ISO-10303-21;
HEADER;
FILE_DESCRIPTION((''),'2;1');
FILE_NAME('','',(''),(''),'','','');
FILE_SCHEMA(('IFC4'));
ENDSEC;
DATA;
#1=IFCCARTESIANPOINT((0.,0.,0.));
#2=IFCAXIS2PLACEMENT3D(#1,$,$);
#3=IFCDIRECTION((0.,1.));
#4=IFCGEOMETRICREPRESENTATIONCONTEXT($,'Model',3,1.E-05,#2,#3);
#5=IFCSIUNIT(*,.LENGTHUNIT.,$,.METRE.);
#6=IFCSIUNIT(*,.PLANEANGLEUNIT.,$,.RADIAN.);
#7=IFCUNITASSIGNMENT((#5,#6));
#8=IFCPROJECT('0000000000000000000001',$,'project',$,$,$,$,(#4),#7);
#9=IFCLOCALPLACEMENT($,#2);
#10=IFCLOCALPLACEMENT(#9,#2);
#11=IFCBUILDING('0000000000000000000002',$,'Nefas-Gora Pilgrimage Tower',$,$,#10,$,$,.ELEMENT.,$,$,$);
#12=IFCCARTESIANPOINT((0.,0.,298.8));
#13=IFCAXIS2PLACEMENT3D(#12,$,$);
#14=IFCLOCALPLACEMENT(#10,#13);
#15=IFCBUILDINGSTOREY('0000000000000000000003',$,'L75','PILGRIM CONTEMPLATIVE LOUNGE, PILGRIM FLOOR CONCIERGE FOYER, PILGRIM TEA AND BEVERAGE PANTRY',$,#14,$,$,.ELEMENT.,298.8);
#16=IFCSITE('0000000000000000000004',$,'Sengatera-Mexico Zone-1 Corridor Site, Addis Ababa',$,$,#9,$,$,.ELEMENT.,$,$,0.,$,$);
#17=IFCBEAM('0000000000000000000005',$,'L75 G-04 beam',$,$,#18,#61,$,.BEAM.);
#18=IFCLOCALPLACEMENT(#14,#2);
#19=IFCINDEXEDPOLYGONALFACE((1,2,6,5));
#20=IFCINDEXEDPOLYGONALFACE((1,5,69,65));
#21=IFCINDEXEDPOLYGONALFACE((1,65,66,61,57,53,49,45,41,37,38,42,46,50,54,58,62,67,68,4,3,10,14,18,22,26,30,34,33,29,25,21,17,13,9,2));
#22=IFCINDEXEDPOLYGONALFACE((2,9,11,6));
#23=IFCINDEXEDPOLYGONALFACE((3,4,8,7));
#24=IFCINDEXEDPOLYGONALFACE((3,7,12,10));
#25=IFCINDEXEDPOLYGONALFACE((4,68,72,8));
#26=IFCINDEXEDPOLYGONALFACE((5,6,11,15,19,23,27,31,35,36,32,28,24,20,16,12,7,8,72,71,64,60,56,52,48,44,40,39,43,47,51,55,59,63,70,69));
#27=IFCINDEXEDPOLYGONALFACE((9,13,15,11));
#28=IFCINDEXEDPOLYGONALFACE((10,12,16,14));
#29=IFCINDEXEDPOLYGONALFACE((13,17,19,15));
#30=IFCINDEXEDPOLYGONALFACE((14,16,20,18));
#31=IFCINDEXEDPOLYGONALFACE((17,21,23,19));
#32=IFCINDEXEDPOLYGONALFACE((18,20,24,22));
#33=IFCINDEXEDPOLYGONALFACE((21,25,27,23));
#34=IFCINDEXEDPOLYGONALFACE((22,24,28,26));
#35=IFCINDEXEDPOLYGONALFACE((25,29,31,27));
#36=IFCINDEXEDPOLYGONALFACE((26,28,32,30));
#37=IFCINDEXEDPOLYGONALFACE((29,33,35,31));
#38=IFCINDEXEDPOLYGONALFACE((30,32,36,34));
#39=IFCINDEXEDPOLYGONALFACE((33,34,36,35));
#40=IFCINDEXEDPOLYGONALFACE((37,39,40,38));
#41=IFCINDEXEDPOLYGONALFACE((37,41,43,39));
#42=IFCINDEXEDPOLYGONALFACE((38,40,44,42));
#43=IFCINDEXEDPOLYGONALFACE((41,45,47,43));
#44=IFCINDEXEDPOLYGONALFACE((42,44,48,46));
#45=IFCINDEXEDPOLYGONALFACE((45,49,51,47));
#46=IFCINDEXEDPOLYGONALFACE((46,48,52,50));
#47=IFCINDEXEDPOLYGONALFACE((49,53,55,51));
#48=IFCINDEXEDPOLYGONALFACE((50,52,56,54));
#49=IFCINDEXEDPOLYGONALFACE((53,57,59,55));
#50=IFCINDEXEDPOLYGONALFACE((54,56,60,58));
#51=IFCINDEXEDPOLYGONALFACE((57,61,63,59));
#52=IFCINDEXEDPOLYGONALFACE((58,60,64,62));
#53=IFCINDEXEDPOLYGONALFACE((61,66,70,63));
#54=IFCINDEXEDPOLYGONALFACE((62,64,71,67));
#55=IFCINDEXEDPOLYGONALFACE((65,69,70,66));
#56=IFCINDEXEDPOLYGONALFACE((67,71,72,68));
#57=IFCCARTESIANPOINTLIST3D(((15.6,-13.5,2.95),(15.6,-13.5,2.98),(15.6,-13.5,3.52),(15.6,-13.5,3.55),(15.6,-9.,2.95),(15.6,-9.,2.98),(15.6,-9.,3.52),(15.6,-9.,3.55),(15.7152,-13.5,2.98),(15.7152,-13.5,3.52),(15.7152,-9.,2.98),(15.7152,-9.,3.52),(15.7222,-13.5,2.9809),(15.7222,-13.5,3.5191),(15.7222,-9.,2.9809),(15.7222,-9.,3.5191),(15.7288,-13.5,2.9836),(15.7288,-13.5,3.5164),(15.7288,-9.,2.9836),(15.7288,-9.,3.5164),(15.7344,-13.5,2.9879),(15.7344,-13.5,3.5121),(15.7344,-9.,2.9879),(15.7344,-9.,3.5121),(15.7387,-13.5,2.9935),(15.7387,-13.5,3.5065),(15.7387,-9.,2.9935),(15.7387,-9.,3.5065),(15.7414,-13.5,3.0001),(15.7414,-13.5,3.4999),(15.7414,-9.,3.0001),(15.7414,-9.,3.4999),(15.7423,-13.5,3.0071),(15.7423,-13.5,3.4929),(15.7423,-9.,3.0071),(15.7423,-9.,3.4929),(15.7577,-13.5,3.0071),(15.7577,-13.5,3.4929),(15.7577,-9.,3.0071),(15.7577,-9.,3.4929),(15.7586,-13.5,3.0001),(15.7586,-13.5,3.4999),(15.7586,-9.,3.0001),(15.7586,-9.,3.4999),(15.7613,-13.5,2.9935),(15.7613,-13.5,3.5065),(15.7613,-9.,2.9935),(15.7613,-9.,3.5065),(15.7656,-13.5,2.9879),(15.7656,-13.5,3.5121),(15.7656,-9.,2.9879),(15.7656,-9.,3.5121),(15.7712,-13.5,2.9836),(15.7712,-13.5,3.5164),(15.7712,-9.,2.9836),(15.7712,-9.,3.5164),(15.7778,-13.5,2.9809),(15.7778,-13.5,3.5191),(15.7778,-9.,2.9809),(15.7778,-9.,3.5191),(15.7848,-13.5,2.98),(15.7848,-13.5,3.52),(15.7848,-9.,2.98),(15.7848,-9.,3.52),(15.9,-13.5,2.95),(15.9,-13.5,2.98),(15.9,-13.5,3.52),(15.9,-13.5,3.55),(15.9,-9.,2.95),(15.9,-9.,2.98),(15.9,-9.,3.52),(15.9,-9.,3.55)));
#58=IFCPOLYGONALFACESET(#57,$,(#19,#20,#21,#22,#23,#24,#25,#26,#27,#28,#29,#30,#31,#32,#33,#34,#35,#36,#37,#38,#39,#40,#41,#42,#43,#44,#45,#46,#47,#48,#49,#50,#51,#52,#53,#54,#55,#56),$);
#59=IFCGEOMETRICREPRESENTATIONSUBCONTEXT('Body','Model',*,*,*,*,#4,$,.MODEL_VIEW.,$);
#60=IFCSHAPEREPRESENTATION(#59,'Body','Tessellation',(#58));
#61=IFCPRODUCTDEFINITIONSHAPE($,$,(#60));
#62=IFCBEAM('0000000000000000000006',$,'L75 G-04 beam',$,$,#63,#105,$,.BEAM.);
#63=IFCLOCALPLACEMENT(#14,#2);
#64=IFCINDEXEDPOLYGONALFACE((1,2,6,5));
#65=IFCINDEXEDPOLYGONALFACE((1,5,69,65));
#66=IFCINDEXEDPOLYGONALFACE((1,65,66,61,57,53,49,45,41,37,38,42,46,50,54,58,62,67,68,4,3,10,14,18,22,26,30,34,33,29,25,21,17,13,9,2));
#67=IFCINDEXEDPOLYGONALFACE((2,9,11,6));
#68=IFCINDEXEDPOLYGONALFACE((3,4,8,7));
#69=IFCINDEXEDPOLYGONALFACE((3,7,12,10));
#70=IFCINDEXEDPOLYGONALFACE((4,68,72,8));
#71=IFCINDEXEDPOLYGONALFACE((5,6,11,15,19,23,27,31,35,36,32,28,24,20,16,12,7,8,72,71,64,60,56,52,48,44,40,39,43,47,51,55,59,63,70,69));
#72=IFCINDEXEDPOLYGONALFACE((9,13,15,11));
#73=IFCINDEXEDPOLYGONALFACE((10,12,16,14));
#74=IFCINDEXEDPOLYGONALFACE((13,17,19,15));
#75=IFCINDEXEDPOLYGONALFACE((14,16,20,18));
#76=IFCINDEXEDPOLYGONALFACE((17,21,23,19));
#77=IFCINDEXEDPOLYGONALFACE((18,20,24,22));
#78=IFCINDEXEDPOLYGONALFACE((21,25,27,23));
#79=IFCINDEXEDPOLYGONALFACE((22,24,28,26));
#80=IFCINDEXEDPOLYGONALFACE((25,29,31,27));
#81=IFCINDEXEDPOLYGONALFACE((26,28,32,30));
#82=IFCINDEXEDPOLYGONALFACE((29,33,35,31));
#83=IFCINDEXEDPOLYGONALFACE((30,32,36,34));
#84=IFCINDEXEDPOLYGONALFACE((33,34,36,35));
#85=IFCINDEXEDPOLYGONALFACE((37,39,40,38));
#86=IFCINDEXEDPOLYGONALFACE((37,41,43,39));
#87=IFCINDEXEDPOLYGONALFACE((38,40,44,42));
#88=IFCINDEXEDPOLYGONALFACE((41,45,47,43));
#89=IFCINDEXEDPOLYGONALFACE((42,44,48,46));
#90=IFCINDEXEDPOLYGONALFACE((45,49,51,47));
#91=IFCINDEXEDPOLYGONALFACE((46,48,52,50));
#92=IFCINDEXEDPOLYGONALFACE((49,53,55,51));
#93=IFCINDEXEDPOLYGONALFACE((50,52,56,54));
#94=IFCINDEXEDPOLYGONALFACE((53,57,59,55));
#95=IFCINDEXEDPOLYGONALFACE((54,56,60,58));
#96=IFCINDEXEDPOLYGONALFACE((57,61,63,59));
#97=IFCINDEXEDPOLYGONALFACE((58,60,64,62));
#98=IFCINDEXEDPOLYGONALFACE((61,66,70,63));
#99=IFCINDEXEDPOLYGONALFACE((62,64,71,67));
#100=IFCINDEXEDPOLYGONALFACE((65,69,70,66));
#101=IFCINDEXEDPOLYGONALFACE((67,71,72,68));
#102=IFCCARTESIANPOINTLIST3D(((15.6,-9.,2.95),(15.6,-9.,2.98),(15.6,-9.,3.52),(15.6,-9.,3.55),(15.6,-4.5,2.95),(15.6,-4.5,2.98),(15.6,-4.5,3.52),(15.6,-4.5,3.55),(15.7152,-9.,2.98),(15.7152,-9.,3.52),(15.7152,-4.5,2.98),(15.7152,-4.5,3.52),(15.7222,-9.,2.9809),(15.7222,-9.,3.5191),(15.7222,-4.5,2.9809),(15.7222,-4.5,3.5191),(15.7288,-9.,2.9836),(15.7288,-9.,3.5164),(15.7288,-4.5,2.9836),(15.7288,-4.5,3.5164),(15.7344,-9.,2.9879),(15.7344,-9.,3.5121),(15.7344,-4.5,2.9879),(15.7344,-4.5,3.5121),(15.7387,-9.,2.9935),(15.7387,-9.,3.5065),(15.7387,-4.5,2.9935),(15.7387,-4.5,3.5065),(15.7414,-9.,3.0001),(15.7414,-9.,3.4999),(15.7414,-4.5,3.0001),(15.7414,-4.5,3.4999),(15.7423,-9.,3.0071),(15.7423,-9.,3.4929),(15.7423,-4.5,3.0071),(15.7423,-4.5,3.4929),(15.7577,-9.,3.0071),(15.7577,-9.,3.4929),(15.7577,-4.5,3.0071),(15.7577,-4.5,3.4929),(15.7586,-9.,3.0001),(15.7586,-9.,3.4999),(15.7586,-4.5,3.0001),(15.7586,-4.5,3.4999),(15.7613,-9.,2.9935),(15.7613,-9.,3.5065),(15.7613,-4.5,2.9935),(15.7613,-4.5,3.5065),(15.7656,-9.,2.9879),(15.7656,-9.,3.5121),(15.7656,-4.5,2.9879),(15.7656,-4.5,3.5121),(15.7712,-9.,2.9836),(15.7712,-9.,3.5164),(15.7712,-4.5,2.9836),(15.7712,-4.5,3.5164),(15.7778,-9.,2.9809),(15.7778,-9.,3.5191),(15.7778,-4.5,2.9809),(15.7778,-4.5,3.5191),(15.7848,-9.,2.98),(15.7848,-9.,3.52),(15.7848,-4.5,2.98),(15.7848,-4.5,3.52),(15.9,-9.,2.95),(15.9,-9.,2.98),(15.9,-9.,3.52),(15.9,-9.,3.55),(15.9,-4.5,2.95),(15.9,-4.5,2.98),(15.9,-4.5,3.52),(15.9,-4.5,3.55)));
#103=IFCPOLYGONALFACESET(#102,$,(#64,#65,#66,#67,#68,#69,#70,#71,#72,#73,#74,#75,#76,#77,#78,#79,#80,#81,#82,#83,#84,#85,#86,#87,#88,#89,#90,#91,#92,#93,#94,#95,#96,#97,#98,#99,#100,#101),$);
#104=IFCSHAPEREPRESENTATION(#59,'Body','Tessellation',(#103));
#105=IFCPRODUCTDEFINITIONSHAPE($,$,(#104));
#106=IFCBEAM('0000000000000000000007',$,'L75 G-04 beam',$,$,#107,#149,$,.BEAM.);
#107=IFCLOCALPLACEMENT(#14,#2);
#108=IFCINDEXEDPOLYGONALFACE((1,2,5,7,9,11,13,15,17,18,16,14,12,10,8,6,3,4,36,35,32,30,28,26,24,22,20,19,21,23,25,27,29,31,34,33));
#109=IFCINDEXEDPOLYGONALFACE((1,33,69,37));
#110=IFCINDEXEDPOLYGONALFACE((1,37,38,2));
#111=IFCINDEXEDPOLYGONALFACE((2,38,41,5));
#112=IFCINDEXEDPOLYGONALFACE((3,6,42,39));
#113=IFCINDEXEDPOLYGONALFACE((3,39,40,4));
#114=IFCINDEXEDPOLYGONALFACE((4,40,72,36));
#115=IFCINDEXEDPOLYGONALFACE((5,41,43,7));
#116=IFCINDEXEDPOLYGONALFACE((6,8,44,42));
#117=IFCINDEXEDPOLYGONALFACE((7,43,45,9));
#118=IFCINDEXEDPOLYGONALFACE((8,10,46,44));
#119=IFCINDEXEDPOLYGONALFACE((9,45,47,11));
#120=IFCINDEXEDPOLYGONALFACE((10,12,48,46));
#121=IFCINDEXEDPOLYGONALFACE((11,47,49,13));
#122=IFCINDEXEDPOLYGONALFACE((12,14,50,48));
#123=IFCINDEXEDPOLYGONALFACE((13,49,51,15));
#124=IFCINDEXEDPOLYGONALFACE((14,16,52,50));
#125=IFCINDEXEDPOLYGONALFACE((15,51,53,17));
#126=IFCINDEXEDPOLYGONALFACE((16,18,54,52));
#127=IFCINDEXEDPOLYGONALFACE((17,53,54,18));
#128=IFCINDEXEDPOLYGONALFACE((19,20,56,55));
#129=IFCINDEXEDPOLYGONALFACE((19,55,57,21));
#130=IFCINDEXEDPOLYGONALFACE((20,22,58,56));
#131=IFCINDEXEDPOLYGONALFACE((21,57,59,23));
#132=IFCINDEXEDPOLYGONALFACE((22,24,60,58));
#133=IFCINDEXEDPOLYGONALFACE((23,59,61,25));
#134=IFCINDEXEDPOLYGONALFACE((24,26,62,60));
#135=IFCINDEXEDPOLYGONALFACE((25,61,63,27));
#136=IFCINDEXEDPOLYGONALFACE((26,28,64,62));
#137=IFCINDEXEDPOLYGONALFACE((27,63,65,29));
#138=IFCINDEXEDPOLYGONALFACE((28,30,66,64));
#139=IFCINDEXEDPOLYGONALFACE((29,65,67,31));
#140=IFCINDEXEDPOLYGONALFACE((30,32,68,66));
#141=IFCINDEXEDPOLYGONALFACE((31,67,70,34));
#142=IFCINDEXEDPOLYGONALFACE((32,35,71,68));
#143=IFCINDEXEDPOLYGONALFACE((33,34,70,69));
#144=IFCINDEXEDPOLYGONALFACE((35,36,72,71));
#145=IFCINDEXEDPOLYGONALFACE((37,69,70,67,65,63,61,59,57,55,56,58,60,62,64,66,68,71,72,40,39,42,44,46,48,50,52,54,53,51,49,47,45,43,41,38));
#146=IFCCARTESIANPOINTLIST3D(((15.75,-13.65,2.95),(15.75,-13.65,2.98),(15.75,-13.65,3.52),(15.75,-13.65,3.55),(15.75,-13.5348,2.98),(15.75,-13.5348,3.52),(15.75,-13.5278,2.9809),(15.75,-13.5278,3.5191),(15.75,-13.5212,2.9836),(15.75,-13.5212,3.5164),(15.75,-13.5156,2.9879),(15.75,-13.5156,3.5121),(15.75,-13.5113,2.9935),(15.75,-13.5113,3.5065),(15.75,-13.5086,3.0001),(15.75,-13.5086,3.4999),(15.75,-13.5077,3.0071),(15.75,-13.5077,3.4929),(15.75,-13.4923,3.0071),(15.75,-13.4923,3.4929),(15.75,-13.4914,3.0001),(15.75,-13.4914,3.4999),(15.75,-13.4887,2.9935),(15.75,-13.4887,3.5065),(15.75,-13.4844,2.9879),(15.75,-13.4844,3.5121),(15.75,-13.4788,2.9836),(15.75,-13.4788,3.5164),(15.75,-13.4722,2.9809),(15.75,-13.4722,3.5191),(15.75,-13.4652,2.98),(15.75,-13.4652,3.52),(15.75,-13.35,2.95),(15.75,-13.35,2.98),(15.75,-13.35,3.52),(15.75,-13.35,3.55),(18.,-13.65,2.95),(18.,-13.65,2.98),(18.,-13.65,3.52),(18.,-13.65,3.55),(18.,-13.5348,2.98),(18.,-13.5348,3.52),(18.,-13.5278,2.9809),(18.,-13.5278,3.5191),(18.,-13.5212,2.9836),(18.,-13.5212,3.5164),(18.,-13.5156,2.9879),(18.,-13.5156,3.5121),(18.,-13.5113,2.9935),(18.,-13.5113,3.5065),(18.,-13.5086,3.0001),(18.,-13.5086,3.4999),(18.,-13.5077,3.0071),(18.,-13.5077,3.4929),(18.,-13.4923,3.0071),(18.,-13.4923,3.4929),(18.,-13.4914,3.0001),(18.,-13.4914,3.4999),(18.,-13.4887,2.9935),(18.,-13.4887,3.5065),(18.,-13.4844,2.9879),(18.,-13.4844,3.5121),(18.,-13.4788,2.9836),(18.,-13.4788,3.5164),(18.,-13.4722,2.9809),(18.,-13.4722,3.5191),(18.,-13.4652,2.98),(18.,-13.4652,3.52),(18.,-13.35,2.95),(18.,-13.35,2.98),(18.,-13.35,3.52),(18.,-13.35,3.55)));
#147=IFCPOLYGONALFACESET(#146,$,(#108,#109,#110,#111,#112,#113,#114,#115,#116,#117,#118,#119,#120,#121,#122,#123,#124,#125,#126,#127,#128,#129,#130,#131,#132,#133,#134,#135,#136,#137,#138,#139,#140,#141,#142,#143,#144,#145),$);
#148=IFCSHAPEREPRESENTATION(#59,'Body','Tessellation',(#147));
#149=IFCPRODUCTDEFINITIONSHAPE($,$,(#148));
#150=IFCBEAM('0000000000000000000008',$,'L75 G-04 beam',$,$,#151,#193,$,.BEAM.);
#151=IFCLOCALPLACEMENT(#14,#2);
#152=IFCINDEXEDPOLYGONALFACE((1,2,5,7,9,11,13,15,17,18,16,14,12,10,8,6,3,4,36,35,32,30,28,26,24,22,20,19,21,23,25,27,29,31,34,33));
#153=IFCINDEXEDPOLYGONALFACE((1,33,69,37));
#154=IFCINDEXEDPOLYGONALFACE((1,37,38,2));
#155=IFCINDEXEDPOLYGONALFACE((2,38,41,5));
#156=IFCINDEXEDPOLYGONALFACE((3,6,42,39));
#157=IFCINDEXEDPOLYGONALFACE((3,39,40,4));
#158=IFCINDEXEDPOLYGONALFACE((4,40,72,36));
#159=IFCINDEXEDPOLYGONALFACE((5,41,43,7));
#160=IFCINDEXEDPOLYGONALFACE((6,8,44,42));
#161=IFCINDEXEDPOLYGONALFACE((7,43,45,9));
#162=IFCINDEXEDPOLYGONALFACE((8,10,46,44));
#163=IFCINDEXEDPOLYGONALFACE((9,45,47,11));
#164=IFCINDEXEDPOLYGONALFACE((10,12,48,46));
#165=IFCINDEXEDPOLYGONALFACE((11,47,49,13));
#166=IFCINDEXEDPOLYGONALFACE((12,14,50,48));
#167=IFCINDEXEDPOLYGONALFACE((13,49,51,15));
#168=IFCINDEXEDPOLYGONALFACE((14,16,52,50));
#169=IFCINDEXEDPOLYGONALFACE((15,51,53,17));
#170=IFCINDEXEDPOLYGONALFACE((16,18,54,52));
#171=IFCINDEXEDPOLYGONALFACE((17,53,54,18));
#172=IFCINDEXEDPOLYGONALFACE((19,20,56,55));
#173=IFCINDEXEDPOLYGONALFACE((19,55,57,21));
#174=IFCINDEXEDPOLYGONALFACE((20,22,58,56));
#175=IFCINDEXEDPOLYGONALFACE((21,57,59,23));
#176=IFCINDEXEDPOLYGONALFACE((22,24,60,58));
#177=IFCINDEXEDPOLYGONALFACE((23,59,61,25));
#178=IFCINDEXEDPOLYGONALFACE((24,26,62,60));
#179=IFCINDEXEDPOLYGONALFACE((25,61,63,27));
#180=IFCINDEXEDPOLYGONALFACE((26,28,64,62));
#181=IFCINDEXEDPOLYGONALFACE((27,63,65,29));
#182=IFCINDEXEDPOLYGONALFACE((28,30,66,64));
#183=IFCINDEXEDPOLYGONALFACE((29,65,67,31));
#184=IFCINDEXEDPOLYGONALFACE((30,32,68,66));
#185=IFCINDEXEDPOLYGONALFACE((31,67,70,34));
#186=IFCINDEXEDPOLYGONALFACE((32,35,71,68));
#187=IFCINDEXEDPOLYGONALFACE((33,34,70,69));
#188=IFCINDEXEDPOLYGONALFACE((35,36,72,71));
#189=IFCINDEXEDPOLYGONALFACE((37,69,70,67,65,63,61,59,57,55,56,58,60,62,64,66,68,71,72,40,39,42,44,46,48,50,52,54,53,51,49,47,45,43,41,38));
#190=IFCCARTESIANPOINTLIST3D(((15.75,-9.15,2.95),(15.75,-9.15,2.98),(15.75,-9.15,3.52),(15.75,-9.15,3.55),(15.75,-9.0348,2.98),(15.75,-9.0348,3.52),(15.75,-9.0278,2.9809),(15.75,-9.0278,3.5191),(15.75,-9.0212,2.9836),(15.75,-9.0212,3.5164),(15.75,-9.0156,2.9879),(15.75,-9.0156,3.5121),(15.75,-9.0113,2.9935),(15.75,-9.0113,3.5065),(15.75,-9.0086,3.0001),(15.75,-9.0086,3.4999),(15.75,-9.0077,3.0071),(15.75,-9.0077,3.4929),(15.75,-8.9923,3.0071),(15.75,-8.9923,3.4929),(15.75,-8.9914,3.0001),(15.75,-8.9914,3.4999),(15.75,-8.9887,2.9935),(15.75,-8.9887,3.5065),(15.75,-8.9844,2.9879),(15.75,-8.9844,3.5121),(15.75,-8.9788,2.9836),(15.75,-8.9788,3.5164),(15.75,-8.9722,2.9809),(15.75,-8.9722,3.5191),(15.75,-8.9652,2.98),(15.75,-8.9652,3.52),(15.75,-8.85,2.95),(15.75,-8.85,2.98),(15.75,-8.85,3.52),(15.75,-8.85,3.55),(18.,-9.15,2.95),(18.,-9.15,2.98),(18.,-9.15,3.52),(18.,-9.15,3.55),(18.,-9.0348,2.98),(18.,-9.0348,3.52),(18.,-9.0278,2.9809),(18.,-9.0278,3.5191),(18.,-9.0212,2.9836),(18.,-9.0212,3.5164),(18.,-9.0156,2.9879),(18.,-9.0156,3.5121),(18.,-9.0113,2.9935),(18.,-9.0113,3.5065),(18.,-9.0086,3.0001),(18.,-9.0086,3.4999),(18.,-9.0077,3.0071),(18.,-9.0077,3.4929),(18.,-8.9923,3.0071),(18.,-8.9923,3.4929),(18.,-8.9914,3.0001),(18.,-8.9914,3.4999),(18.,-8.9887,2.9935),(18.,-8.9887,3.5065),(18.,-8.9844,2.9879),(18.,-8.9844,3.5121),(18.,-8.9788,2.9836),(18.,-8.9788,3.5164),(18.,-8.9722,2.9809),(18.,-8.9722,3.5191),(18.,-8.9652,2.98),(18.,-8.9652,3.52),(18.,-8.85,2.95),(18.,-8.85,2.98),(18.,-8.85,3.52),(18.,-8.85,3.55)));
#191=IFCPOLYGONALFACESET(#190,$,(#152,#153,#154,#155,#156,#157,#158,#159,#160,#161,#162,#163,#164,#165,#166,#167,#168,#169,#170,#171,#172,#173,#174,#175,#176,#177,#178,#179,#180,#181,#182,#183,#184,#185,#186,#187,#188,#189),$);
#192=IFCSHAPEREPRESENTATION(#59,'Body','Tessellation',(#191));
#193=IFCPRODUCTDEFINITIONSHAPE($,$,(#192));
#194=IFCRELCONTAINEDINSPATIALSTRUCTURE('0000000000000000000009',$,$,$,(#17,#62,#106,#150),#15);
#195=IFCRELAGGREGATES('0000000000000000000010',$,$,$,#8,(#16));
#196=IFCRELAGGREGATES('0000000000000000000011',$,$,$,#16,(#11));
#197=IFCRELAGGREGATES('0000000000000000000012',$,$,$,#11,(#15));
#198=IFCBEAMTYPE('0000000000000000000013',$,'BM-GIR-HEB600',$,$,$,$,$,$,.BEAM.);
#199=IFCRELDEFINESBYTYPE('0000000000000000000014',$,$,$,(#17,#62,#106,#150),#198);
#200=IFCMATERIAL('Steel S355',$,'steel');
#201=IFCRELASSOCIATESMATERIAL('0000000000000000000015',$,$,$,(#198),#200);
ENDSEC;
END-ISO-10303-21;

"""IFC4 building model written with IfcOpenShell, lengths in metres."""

from ifc_helpers import new_model, si_unit, direction, frame, origin, origin_2d, place, context, subcontext, project, spatial, i_section, extrude, source, transform, mapped, material, material_profile, profile_set, type_object, element, save


model = new_model("IFC4")

# Units and contexts
model_context = context("Model", 3, precision=1e-05, world=origin(), true_north=direction((0.0, 1.0)))
body_context = subcontext(model_context, "Body", "Model", "MODEL_VIEW")
ifc_project = project(units=[si_unit("LENGTHUNIT", "METRE"), si_unit("PLANEANGLEUNIT", "RADIAN")], contexts=[model_context])

# Site, building, storey
site_placement = place(None, origin())
site = spatial("IfcSite", under=ifc_project, at=site_placement, Name="Sengatera-Mexico Zone-1 Corridor Site, Addis Ababa", CompositionType="ELEMENT", RefElevation=0.0)
building_placement = place(site_placement, origin())
building = spatial("IfcBuilding", under=site, at=building_placement, Name="Nefas-Gora Pilgrimage Tower", CompositionType="ELEMENT")
storey_placement = place(building_placement, frame((0.0, 0.0, 298.8)))
storey = spatial("IfcBuildingStorey", under=building, at=storey_placement, Name="L75", Description="PILGRIM CONTEMPLATIVE LOUNGE, PILGRIM FLOOR CONCIERGE FOYER, PILGRIM TEA AND BEVERAGE PANTRY", CompositionType="ELEMENT", Elevation=298.8)

# Shared definitions
ifc_material_1 = material(Name="Steel S355", Category="steel")

# Beams
ifc_material_profile_1 = material_profile(ifc_material_1, i_section(OverallWidth=0.3, OverallDepth=0.6001, WebThickness=0.0154, FlangeThickness=0.03, FilletRadius=0.0271, at=origin_2d()), Name="HEB 600")
ifc_profile_set_1 = profile_set([ifc_material_profile_1], Name="Steel S355")
beam_type_1 = type_object("IfcBeamType", Name="BM-GIR-HEB600", PredefinedType="BEAM", material=ifc_profile_set_1)
shared_shape_1 = source(origin(), body_context, "Body", "SweptSolid", [
    extrude(i_section(OverallWidth=0.3, OverallDepth=0.6001, WebThickness=0.0154, FlangeThickness=0.03, FilletRadius=0.0271, at=origin_2d()), origin(), (0.0, 0.0, 1.0), 4.5),
])
for number, where, z_axis, x_axis, name in (
    (1, (15.75, -13.5, 3.25), (0.0, 1.0, 0.0), (-1.0, 0.0, 0.0), "L75 G-04 beam"),
    (2, (15.75, -9.0, 3.25), (0.0, 1.0, 0.0), (-1.0, 0.0, 0.0), "L75 G-04 beam"),
):
    element("IfcBeam", number, at=place(storey_placement, frame(where, z_axis=z_axis, x_axis=x_axis)), inside=storey, type_object=beam_type_1, Name=name, PredefinedType="BEAM", context=body_context, shape_type="MappedRepresentation", body=[
        mapped(shared_shape_1, transform((0.0, 0.0, 0.0), x_axis=(1.0, 0.0, 0.0), y_axis=(0.0, 1.0, 0.0), z_axis=(0.0, 0.0, 1.0), scale=1.0)),
    ])
shared_shape_2 = source(origin(), body_context, "Body", "SweptSolid", [
    extrude(i_section(OverallWidth=0.3, OverallDepth=0.6001, WebThickness=0.0154, FlangeThickness=0.03, FilletRadius=0.0271, at=origin_2d()), origin(), (0.0, 0.0, 1.0), 2.25),
])
for number, where, z_axis, x_axis, name in (
    (3, (15.75, -13.5, 3.25), (1.0, 0.0, 0.0), (0.0, 1.0, 0.0), "L75 G-04 beam"),
    (4, (15.75, -9.0, 3.25), (1.0, 0.0, 0.0), (0.0, 1.0, 0.0), "L75 G-04 beam"),
):
    element("IfcBeam", number, at=place(storey_placement, frame(where, z_axis=z_axis, x_axis=x_axis)), inside=storey, type_object=beam_type_1, Name=name, PredefinedType="BEAM", context=body_context, shape_type="MappedRepresentation", body=[
        mapped(shared_shape_2, transform((0.0, 0.0, 0.0), x_axis=(1.0, 0.0, 0.0), y_axis=(0.0, 1.0, 0.0), z_axis=(0.0, 0.0, 1.0), scale=1.0)),
    ])

save(model, "model.ifc")
